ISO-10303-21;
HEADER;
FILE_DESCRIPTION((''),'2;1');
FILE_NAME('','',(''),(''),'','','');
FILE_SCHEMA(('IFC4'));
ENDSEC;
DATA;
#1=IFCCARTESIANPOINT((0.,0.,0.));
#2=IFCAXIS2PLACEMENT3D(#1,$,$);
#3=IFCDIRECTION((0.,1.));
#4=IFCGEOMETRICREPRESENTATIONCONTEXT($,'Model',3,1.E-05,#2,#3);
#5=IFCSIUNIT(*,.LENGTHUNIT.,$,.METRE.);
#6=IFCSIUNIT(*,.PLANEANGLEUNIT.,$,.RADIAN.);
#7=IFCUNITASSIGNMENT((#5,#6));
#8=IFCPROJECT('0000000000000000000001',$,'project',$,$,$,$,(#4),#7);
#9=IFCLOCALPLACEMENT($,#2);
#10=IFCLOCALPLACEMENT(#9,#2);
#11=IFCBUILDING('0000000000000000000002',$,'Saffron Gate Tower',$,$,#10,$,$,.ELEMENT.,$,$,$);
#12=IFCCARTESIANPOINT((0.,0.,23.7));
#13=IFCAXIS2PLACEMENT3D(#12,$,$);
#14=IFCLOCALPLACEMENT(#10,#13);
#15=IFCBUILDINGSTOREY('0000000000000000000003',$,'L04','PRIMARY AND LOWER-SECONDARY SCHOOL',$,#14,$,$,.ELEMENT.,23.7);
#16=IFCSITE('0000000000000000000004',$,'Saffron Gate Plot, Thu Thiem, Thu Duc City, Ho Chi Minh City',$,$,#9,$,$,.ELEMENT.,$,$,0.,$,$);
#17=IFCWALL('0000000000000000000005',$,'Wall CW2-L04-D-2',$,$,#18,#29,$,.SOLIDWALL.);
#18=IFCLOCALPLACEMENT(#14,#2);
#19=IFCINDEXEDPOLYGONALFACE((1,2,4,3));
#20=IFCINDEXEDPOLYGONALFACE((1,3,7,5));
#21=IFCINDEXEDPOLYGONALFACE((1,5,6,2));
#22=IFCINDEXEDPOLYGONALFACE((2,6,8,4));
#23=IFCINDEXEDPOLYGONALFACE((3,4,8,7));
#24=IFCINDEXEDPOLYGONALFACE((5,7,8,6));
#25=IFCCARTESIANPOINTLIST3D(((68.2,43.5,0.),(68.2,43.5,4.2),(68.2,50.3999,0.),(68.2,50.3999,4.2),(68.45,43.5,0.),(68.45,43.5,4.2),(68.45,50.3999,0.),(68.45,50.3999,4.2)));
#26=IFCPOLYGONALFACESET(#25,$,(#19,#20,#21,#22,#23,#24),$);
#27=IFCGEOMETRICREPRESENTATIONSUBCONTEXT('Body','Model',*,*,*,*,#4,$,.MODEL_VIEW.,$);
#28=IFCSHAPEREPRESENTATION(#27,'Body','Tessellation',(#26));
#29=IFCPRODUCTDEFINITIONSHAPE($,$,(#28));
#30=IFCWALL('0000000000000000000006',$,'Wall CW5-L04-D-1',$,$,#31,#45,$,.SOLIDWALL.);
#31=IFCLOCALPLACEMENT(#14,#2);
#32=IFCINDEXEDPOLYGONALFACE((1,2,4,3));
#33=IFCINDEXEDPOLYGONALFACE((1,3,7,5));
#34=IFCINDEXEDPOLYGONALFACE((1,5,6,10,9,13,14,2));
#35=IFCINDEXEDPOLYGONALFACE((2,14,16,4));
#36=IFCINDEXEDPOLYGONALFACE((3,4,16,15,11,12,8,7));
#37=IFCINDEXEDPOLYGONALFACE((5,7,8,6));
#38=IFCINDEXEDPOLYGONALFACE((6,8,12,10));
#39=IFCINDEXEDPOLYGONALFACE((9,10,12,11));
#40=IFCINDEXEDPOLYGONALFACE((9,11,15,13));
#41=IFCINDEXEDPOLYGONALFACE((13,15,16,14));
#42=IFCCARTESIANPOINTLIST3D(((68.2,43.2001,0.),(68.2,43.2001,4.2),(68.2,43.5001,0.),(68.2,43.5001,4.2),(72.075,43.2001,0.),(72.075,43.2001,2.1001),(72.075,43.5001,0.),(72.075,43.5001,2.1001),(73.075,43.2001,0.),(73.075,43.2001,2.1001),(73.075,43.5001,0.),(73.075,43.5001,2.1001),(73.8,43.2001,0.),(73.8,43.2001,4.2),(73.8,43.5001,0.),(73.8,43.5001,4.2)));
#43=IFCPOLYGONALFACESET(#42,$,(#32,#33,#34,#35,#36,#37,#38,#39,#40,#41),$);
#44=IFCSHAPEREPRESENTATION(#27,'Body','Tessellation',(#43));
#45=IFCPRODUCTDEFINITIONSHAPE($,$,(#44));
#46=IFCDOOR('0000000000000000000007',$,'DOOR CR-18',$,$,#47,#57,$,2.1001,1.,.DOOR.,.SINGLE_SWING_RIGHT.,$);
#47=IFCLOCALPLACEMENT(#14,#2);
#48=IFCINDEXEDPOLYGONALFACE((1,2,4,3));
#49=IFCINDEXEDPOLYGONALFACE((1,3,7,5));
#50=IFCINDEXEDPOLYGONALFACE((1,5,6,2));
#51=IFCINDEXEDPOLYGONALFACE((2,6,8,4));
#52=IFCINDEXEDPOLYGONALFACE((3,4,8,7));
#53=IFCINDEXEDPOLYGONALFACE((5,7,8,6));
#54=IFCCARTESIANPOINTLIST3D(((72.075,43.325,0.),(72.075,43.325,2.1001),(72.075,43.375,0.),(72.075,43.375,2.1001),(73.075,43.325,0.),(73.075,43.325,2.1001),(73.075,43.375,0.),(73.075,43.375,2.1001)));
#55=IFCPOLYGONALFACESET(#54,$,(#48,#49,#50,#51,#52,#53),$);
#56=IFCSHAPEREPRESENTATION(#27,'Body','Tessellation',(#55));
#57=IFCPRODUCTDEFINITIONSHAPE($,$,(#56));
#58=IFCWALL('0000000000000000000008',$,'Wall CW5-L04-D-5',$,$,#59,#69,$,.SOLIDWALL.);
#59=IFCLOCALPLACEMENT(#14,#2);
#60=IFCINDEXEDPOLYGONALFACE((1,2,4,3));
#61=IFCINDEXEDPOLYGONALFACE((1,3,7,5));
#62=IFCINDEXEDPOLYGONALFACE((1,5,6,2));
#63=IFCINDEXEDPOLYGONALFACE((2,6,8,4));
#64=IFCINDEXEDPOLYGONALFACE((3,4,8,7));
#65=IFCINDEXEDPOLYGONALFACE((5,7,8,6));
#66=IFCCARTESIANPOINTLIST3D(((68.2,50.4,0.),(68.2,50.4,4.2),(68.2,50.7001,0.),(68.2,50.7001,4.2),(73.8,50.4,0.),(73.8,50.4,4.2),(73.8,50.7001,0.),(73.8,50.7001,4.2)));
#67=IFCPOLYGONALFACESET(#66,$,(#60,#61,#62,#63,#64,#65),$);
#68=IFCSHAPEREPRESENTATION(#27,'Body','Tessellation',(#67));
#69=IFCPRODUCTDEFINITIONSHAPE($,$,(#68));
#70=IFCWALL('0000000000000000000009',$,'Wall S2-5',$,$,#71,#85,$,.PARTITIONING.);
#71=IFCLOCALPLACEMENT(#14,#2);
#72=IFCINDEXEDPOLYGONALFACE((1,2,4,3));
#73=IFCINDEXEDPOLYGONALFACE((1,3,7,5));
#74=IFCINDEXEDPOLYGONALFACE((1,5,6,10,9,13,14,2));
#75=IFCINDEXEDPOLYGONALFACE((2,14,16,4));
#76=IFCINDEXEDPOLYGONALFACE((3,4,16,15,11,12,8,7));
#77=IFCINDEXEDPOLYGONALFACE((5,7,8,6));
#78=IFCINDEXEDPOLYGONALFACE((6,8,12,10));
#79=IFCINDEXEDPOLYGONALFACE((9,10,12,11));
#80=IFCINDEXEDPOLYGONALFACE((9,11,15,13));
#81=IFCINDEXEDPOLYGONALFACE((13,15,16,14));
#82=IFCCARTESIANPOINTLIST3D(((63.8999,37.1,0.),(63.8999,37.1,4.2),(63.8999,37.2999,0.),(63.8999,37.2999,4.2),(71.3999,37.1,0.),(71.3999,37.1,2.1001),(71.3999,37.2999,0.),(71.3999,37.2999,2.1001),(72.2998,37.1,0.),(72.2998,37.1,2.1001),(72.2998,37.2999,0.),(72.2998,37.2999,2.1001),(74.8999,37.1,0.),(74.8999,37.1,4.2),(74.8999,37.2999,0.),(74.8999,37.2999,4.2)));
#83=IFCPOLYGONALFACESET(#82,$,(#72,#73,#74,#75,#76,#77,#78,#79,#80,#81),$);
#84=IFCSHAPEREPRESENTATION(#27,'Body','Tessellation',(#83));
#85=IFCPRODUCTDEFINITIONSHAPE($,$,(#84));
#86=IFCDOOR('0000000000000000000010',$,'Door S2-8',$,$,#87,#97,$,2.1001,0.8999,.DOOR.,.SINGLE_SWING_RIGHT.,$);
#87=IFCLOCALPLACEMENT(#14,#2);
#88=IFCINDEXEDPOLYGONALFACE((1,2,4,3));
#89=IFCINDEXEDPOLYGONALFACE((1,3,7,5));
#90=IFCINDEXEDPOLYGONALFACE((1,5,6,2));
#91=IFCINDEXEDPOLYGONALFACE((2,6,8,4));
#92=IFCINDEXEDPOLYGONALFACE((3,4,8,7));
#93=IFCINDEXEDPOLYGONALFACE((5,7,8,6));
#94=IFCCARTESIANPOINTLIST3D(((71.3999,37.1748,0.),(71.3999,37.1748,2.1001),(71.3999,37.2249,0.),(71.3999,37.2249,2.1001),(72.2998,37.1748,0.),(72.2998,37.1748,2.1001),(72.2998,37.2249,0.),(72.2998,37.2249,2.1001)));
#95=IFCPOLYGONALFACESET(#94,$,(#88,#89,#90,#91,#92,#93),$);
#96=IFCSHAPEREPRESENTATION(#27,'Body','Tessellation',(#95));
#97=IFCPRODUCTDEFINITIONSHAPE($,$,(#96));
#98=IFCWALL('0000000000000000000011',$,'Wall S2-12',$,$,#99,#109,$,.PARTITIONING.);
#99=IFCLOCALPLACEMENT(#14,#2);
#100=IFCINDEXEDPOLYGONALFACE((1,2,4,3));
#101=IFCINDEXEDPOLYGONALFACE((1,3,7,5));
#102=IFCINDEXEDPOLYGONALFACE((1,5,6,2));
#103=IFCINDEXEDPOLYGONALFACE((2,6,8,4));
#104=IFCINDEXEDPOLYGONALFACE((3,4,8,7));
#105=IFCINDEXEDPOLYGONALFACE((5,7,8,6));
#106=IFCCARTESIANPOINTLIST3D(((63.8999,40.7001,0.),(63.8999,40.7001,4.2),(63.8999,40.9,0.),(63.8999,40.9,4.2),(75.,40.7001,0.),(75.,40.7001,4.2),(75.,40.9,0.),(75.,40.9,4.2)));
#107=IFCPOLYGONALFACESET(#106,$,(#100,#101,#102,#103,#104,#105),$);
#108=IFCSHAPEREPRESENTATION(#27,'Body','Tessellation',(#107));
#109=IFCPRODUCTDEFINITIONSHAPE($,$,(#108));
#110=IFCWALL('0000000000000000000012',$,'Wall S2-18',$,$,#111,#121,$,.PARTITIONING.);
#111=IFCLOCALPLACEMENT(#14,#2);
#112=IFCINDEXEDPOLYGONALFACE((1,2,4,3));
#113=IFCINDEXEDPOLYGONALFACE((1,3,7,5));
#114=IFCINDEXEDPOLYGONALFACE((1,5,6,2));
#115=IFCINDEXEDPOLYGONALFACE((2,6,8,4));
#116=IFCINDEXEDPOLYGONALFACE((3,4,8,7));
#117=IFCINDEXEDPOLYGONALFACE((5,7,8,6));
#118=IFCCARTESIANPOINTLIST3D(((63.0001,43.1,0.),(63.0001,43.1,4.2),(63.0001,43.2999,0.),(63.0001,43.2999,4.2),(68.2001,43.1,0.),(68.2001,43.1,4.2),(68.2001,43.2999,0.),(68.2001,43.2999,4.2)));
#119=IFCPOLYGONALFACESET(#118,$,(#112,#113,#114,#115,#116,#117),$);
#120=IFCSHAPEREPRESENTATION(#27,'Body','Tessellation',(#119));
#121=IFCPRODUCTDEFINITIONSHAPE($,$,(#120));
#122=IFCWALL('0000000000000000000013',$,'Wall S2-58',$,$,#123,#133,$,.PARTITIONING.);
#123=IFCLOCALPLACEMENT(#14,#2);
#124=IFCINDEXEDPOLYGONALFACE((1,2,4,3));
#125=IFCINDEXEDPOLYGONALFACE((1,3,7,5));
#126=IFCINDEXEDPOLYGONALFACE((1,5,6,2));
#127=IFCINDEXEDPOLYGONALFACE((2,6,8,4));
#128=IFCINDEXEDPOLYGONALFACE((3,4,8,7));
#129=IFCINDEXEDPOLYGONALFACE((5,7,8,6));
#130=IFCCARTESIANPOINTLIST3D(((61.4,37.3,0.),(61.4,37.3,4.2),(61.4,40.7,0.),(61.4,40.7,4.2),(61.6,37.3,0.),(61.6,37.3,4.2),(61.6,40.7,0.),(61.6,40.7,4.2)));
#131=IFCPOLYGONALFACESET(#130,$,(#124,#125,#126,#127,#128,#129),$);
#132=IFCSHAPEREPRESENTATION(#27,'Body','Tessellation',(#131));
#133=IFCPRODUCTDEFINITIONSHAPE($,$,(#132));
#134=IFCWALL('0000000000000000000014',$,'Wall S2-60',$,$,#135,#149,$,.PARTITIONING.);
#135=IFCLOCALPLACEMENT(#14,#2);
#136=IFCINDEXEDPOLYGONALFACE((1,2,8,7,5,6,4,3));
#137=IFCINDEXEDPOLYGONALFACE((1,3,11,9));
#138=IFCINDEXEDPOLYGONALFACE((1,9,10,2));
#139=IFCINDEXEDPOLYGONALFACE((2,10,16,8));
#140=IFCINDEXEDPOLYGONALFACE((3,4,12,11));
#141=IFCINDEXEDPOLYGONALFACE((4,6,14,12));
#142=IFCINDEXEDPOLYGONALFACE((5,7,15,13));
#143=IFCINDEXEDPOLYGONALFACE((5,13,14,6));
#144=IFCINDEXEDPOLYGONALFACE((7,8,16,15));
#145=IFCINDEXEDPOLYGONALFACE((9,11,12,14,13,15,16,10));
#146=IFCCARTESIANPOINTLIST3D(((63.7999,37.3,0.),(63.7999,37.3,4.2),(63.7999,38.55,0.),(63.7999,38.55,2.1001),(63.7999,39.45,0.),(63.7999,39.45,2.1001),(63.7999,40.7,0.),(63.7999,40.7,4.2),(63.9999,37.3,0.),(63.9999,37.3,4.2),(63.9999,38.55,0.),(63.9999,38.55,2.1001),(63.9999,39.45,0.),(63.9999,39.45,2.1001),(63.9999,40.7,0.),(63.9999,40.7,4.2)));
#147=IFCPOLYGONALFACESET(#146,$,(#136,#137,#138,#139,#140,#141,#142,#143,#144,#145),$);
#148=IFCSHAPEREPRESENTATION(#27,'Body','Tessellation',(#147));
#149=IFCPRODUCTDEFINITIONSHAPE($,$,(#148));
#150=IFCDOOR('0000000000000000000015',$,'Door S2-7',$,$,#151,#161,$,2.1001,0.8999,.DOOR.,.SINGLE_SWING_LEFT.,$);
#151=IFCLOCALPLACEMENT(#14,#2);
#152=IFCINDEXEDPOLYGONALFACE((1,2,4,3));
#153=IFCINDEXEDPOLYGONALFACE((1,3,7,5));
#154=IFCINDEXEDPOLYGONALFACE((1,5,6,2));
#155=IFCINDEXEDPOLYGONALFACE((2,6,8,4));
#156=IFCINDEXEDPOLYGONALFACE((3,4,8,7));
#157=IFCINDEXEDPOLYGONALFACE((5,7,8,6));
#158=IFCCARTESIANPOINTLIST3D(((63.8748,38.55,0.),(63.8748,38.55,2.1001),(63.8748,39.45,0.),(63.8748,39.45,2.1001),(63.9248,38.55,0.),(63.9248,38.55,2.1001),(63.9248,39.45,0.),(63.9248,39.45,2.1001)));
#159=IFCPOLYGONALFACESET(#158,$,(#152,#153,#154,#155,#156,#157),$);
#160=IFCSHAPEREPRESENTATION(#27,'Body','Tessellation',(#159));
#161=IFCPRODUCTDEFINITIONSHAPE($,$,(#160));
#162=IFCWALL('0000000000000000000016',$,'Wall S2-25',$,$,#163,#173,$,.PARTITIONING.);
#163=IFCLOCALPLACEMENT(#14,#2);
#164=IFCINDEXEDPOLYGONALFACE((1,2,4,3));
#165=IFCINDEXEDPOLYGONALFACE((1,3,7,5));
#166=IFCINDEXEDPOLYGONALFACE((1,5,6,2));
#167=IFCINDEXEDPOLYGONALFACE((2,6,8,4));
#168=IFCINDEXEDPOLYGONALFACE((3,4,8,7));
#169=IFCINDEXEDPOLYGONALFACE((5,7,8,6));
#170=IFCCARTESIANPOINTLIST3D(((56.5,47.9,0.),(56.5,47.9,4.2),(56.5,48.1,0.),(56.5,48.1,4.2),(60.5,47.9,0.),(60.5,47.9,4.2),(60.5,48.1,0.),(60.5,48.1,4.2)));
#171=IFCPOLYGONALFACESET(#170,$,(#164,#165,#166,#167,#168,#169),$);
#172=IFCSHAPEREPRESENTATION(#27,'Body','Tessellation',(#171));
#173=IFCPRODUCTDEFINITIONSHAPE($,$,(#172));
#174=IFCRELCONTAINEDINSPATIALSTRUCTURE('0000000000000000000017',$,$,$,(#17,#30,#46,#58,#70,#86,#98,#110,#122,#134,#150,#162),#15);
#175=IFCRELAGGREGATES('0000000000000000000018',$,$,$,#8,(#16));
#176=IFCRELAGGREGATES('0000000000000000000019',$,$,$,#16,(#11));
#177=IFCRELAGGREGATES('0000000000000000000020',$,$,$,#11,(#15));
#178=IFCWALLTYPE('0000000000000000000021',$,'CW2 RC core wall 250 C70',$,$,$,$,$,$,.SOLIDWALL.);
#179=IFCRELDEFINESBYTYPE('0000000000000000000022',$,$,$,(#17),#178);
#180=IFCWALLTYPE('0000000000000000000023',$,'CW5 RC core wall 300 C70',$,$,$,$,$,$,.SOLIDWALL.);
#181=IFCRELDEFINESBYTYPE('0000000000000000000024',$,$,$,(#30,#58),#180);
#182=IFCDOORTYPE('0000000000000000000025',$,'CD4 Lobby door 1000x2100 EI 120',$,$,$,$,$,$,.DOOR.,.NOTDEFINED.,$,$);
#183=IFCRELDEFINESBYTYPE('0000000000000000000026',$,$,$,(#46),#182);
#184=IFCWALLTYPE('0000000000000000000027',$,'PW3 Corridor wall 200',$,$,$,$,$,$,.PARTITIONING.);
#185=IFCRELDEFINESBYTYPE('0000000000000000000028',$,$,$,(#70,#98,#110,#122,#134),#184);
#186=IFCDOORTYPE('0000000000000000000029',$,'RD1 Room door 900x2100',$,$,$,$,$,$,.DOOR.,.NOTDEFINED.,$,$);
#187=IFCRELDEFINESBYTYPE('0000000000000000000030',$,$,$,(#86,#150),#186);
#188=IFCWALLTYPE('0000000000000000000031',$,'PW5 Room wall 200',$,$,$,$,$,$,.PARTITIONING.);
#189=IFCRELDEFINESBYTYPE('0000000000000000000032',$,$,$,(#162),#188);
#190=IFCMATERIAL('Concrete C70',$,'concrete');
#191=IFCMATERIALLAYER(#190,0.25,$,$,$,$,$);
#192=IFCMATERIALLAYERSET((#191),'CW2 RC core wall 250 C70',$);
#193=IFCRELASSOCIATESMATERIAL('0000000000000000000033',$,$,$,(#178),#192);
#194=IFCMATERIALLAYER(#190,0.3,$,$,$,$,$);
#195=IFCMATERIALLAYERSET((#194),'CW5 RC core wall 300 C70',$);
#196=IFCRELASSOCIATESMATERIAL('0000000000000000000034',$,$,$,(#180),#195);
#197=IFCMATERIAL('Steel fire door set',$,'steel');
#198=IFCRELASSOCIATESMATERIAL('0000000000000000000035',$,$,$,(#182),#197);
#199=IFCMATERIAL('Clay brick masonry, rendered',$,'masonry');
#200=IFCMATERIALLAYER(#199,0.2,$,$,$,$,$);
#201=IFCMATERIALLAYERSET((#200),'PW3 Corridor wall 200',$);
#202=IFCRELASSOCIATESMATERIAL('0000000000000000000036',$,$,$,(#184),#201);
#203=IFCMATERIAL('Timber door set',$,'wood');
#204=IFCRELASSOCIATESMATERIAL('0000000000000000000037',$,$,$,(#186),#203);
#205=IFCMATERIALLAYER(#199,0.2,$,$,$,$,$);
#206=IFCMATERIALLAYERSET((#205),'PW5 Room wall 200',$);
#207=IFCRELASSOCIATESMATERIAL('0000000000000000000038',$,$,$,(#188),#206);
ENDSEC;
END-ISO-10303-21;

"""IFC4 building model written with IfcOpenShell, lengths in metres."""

from ifc_helpers import new_model, si_unit, direction, frame, frame_2d, origin, place, context, subcontext, project, spatial, rectangle, extrude, material, layer, layer_set, type_object, element, fill, save


model = new_model("IFC4")

# Units and contexts
model_context = context("Model", 3, precision=1e-05, world=origin(), true_north=direction((0.0, 1.0)))
body_context = subcontext(model_context, "Body", "Model", "MODEL_VIEW")
ifc_project = project(units=[si_unit("LENGTHUNIT", "METRE"), si_unit("PLANEANGLEUNIT", "RADIAN")], contexts=[model_context])

# Site, building, storey
site_placement = place(None, origin())
site = spatial("IfcSite", under=ifc_project, at=site_placement, Name="Saffron Gate Plot, Thu Thiem, Thu Duc City, Ho Chi Minh City", CompositionType="ELEMENT", RefElevation=0.0)
building_placement = place(site_placement, origin())
building = spatial("IfcBuilding", under=site, at=building_placement, Name="Saffron Gate Tower", CompositionType="ELEMENT")
storey_placement = place(building_placement, frame((0.0, 0.0, 23.7)))
storey = spatial("IfcBuildingStorey", under=building, at=storey_placement, Name="L04", Description="PRIMARY AND LOWER-SECONDARY SCHOOL", CompositionType="ELEMENT", Elevation=23.7)

# Wall
ifc_material_1 = material(Name="Concrete C70", Category="concrete")
ifc_layer_1 = layer(ifc_material_1, 0.25)
ifc_layer_set_1 = layer_set([ifc_layer_1], Name="CW2 RC core wall 250 C70")
wall_type_1 = type_object("IfcWallType", Name="CW2 RC core wall 250 C70", PredefinedType="SOLIDWALL", material=ifc_layer_set_1)
wall_1_placement = place(storey_placement, frame((68.325, 43.5, 0.0), z_axis=(0.0, 0.0, 1.0), x_axis=(0.0, 1.0, 0.0)))
element("IfcWall", 1, at=wall_1_placement, inside=storey, type_object=wall_type_1, Name="Wall CW2-L04-D-2", PredefinedType="SOLIDWALL", context=body_context, shape_type="SweptSolid", body=[
    extrude(rectangle(XDim=6.8999, YDim=0.25, at=frame_2d((3.45, 0.0))), origin(), (0.0, 0.0, 1.0), 4.2),
])

# Wall, opening, door
ifc_layer_2 = layer(ifc_material_1, 0.3)
ifc_layer_set_2 = layer_set([ifc_layer_2], Name="CW5 RC core wall 300 C70")
wall_type_2 = type_object("IfcWallType", Name="CW5 RC core wall 300 C70", PredefinedType="SOLIDWALL", material=ifc_layer_set_2)
wall_2_placement = place(storey_placement, frame((68.2, 43.3501, 0.0), z_axis=(0.0, 0.0, 1.0), x_axis=(1.0, 0.0, 0.0)))
wall_2 = element("IfcWall", 2, at=wall_2_placement, inside=storey, type_object=wall_type_2, Name="Wall CW5-L04-D-1", PredefinedType="SOLIDWALL", context=body_context, shape_type="SweptSolid", body=[
    extrude(rectangle(XDim=5.6001, YDim=0.3, at=frame_2d((2.8, 0.0))), origin(), (0.0, 0.0, 1.0), 4.2),
])
opening_1_placement = place(wall_2_placement, frame((3.875, 0.0, 0.0)))
opening_1 = element("IfcOpeningElement", 3, at=opening_1_placement, cuts=wall_2, PredefinedType="OPENING", context=body_context, shape_type="SweptSolid", body=[
    extrude(rectangle(XDim=1.0, YDim=2.1001, at=frame_2d((0.5, 1.05))), frame((0.0, 0.1602, 0.0), z_axis=(0.0, -1.0, 0.0), x_axis=(1.0, 0.0, 0.0)), (0.0, 0.0, 1.0), 0.3201),
])
ifc_material_2 = material(Name="Steel fire door set", Category="steel")
door_type_1 = type_object("IfcDoorType", Name="CD4 Lobby door 1000x2100 EI 120", OperationType="NOTDEFINED", PredefinedType="DOOR", material=ifc_material_2)
door_1_placement = place(opening_1_placement, origin())
door_1 = element("IfcDoor", 4, at=door_1_placement, inside=storey, type_object=door_type_1, Name="DOOR CR-18", OperationType="SINGLE_SWING_RIGHT", OverallHeight=2.1001, OverallWidth=1.0, PredefinedType="DOOR", context=body_context, shape_type="SweptSolid", body=[
    extrude(rectangle(XDim=1.0, YDim=2.1001, at=frame_2d((0.5, 1.05))), frame((0.0, 0.0249, 0.0), z_axis=(0.0, -1.0, 0.0), x_axis=(1.0, 0.0, 0.0)), (0.0, 0.0, 1.0), 0.05),
])
fill(opening_1, door_1)

# Wall
wall_3_placement = place(storey_placement, frame((68.2, 50.55, 0.0), z_axis=(0.0, 0.0, 1.0), x_axis=(1.0, 0.0, 0.0)))
element("IfcWall", 5, at=wall_3_placement, inside=storey, type_object=wall_type_2, Name="Wall CW5-L04-D-5", PredefinedType="SOLIDWALL", context=body_context, shape_type="SweptSolid", body=[
    extrude(rectangle(XDim=5.6001, YDim=0.3, at=frame_2d((2.8, 0.0))), origin(), (0.0, 0.0, 1.0), 4.2),
])

# Wall, opening, door
ifc_material_3 = material(Name="Clay brick masonry, rendered", Category="masonry")
ifc_layer_3 = layer(ifc_material_3, 0.2)
ifc_layer_set_3 = layer_set([ifc_layer_3], Name="PW3 Corridor wall 200")
wall_type_3 = type_object("IfcWallType", Name="PW3 Corridor wall 200", PredefinedType="PARTITIONING", material=ifc_layer_set_3)
wall_4_placement = place(storey_placement, frame((63.8999, 37.2, 0.0), z_axis=(0.0, 0.0, 1.0), x_axis=(1.0, 0.0, 0.0)))
wall_4 = element("IfcWall", 6, at=wall_4_placement, inside=storey, type_object=wall_type_3, Name="Wall S2-5", PredefinedType="PARTITIONING", context=body_context, shape_type="SweptSolid", body=[
    extrude(rectangle(XDim=11.0, YDim=0.2, at=frame_2d((5.5, 0.0))), origin(), (0.0, 0.0, 1.0), 4.2),
])
opening_2_placement = place(wall_4_placement, frame((7.5, 0.0, 0.0)))
opening_2 = element("IfcOpeningElement", 7, at=opening_2_placement, cuts=wall_4, PredefinedType="OPENING", context=body_context, shape_type="SweptSolid", body=[
    extrude(rectangle(XDim=0.8999, YDim=2.1001, at=frame_2d((0.45, 1.05))), frame((0.0, 0.1099, 0.0), z_axis=(0.0, -1.0, 0.0), x_axis=(1.0, 0.0, 0.0)), (0.0, 0.0, 1.0), 0.22),
])
ifc_material_4 = material(Name="Timber door set", Category="wood")
door_type_2 = type_object("IfcDoorType", Name="RD1 Room door 900x2100", OperationType="NOTDEFINED", PredefinedType="DOOR", material=ifc_material_4)
door_2_placement = place(opening_2_placement, origin())
door_2 = element("IfcDoor", 8, at=door_2_placement, inside=storey, type_object=door_type_2, Name="Door S2-8", OperationType="SINGLE_SWING_RIGHT", OverallHeight=2.1001, OverallWidth=0.8999, PredefinedType="DOOR", context=body_context, shape_type="SweptSolid", body=[
    extrude(rectangle(XDim=0.8999, YDim=2.1001, at=frame_2d((0.45, 1.05))), frame((0.0, 0.0249, 0.0), z_axis=(0.0, -1.0, 0.0), x_axis=(1.0, 0.0, 0.0)), (0.0, 0.0, 1.0), 0.05),
])
fill(opening_2, door_2)

# Walls
wall_5_placement = place(storey_placement, frame((63.8999, 40.8, 0.0), z_axis=(0.0, 0.0, 1.0), x_axis=(1.0, 0.0, 0.0)))
element("IfcWall", 9, at=wall_5_placement, inside=storey, type_object=wall_type_3, Name="Wall S2-12", PredefinedType="PARTITIONING", context=body_context, shape_type="SweptSolid", body=[
    extrude(rectangle(XDim=11.1001, YDim=0.2, at=frame_2d((5.55, 0.0))), origin(), (0.0, 0.0, 1.0), 4.2),
])
wall_6_placement = place(storey_placement, frame((63.0, 43.2, 0.0), z_axis=(0.0, 0.0, 1.0), x_axis=(1.0, 0.0, 0.0)))
element("IfcWall", 10, at=wall_6_placement, inside=storey, type_object=wall_type_3, Name="Wall S2-18", PredefinedType="PARTITIONING", context=body_context, shape_type="SweptSolid", body=[
    extrude(rectangle(XDim=5.2, YDim=0.2, at=frame_2d((2.6001, 0.0))), origin(), (0.0, 0.0, 1.0), 4.2),
])
wall_7_placement = place(storey_placement, frame((61.5, 40.7, 0.0), z_axis=(0.0, 0.0, 1.0), x_axis=(0.0, -1.0, 0.0)))
element("IfcWall", 11, at=wall_7_placement, inside=storey, type_object=wall_type_3, Name="Wall S2-58", PredefinedType="PARTITIONING", context=body_context, shape_type="SweptSolid", body=[
    extrude(rectangle(XDim=3.3999, YDim=0.2, at=frame_2d((1.7, 0.0))), origin(), (0.0, 0.0, 1.0), 4.2),
])

# Wall, opening, door
wall_8_placement = place(storey_placement, frame((63.8999, 40.7, 0.0), z_axis=(0.0, 0.0, 1.0), x_axis=(0.0, -1.0, 0.0)))
wall_8 = element("IfcWall", 12, at=wall_8_placement, inside=storey, type_object=wall_type_3, Name="Wall S2-60", PredefinedType="PARTITIONING", context=body_context, shape_type="SweptSolid", body=[
    extrude(rectangle(XDim=3.3999, YDim=0.2, at=frame_2d((1.7, 0.0))), origin(), (0.0, 0.0, 1.0), 4.2),
])
opening_3_placement = place(wall_8_placement, frame((1.25, 0.0, 0.0)))
opening_3 = element("IfcOpeningElement", 13, at=opening_3_placement, cuts=wall_8, PredefinedType="OPENING", context=body_context, shape_type="SweptSolid", body=[
    extrude(rectangle(XDim=0.8999, YDim=2.1001, at=frame_2d((0.45, 1.05))), frame((0.0, 0.1099, 0.0), z_axis=(0.0, -1.0, 0.0), x_axis=(1.0, 0.0, 0.0)), (0.0, 0.0, 1.0), 0.22),
])
door_3_placement = place(opening_3_placement, origin())
door_3 = element("IfcDoor", 14, at=door_3_placement, inside=storey, type_object=door_type_2, Name="Door S2-7", OperationType="SINGLE_SWING_LEFT", OverallHeight=2.1001, OverallWidth=0.8999, PredefinedType="DOOR", context=body_context, shape_type="SweptSolid", body=[
    extrude(rectangle(XDim=0.8999, YDim=2.1001, at=frame_2d((0.45, 1.05))), frame((0.0, 0.0249, 0.0), z_axis=(0.0, -1.0, 0.0), x_axis=(1.0, 0.0, 0.0)), (0.0, 0.0, 1.0), 0.05),
])
fill(opening_3, door_3)

# Wall
ifc_layer_4 = layer(ifc_material_3, 0.2)
ifc_layer_set_4 = layer_set([ifc_layer_4], Name="PW5 Room wall 200")
wall_type_4 = type_object("IfcWallType", Name="PW5 Room wall 200", PredefinedType="PARTITIONING", material=ifc_layer_set_4)
wall_9_placement = place(storey_placement, frame((56.5, 48.0, 0.0), z_axis=(0.0, 0.0, 1.0), x_axis=(1.0, 0.0, 0.0)))
element("IfcWall", 15, at=wall_9_placement, inside=storey, type_object=wall_type_4, Name="Wall S2-25", PredefinedType="PARTITIONING", context=body_context, shape_type="SweptSolid", body=[
    extrude(rectangle(XDim=4.0, YDim=0.2, at=frame_2d((2.0, 0.0))), origin(), (0.0, 0.0, 1.0), 4.2),
])

save(model, "model.ifc")
